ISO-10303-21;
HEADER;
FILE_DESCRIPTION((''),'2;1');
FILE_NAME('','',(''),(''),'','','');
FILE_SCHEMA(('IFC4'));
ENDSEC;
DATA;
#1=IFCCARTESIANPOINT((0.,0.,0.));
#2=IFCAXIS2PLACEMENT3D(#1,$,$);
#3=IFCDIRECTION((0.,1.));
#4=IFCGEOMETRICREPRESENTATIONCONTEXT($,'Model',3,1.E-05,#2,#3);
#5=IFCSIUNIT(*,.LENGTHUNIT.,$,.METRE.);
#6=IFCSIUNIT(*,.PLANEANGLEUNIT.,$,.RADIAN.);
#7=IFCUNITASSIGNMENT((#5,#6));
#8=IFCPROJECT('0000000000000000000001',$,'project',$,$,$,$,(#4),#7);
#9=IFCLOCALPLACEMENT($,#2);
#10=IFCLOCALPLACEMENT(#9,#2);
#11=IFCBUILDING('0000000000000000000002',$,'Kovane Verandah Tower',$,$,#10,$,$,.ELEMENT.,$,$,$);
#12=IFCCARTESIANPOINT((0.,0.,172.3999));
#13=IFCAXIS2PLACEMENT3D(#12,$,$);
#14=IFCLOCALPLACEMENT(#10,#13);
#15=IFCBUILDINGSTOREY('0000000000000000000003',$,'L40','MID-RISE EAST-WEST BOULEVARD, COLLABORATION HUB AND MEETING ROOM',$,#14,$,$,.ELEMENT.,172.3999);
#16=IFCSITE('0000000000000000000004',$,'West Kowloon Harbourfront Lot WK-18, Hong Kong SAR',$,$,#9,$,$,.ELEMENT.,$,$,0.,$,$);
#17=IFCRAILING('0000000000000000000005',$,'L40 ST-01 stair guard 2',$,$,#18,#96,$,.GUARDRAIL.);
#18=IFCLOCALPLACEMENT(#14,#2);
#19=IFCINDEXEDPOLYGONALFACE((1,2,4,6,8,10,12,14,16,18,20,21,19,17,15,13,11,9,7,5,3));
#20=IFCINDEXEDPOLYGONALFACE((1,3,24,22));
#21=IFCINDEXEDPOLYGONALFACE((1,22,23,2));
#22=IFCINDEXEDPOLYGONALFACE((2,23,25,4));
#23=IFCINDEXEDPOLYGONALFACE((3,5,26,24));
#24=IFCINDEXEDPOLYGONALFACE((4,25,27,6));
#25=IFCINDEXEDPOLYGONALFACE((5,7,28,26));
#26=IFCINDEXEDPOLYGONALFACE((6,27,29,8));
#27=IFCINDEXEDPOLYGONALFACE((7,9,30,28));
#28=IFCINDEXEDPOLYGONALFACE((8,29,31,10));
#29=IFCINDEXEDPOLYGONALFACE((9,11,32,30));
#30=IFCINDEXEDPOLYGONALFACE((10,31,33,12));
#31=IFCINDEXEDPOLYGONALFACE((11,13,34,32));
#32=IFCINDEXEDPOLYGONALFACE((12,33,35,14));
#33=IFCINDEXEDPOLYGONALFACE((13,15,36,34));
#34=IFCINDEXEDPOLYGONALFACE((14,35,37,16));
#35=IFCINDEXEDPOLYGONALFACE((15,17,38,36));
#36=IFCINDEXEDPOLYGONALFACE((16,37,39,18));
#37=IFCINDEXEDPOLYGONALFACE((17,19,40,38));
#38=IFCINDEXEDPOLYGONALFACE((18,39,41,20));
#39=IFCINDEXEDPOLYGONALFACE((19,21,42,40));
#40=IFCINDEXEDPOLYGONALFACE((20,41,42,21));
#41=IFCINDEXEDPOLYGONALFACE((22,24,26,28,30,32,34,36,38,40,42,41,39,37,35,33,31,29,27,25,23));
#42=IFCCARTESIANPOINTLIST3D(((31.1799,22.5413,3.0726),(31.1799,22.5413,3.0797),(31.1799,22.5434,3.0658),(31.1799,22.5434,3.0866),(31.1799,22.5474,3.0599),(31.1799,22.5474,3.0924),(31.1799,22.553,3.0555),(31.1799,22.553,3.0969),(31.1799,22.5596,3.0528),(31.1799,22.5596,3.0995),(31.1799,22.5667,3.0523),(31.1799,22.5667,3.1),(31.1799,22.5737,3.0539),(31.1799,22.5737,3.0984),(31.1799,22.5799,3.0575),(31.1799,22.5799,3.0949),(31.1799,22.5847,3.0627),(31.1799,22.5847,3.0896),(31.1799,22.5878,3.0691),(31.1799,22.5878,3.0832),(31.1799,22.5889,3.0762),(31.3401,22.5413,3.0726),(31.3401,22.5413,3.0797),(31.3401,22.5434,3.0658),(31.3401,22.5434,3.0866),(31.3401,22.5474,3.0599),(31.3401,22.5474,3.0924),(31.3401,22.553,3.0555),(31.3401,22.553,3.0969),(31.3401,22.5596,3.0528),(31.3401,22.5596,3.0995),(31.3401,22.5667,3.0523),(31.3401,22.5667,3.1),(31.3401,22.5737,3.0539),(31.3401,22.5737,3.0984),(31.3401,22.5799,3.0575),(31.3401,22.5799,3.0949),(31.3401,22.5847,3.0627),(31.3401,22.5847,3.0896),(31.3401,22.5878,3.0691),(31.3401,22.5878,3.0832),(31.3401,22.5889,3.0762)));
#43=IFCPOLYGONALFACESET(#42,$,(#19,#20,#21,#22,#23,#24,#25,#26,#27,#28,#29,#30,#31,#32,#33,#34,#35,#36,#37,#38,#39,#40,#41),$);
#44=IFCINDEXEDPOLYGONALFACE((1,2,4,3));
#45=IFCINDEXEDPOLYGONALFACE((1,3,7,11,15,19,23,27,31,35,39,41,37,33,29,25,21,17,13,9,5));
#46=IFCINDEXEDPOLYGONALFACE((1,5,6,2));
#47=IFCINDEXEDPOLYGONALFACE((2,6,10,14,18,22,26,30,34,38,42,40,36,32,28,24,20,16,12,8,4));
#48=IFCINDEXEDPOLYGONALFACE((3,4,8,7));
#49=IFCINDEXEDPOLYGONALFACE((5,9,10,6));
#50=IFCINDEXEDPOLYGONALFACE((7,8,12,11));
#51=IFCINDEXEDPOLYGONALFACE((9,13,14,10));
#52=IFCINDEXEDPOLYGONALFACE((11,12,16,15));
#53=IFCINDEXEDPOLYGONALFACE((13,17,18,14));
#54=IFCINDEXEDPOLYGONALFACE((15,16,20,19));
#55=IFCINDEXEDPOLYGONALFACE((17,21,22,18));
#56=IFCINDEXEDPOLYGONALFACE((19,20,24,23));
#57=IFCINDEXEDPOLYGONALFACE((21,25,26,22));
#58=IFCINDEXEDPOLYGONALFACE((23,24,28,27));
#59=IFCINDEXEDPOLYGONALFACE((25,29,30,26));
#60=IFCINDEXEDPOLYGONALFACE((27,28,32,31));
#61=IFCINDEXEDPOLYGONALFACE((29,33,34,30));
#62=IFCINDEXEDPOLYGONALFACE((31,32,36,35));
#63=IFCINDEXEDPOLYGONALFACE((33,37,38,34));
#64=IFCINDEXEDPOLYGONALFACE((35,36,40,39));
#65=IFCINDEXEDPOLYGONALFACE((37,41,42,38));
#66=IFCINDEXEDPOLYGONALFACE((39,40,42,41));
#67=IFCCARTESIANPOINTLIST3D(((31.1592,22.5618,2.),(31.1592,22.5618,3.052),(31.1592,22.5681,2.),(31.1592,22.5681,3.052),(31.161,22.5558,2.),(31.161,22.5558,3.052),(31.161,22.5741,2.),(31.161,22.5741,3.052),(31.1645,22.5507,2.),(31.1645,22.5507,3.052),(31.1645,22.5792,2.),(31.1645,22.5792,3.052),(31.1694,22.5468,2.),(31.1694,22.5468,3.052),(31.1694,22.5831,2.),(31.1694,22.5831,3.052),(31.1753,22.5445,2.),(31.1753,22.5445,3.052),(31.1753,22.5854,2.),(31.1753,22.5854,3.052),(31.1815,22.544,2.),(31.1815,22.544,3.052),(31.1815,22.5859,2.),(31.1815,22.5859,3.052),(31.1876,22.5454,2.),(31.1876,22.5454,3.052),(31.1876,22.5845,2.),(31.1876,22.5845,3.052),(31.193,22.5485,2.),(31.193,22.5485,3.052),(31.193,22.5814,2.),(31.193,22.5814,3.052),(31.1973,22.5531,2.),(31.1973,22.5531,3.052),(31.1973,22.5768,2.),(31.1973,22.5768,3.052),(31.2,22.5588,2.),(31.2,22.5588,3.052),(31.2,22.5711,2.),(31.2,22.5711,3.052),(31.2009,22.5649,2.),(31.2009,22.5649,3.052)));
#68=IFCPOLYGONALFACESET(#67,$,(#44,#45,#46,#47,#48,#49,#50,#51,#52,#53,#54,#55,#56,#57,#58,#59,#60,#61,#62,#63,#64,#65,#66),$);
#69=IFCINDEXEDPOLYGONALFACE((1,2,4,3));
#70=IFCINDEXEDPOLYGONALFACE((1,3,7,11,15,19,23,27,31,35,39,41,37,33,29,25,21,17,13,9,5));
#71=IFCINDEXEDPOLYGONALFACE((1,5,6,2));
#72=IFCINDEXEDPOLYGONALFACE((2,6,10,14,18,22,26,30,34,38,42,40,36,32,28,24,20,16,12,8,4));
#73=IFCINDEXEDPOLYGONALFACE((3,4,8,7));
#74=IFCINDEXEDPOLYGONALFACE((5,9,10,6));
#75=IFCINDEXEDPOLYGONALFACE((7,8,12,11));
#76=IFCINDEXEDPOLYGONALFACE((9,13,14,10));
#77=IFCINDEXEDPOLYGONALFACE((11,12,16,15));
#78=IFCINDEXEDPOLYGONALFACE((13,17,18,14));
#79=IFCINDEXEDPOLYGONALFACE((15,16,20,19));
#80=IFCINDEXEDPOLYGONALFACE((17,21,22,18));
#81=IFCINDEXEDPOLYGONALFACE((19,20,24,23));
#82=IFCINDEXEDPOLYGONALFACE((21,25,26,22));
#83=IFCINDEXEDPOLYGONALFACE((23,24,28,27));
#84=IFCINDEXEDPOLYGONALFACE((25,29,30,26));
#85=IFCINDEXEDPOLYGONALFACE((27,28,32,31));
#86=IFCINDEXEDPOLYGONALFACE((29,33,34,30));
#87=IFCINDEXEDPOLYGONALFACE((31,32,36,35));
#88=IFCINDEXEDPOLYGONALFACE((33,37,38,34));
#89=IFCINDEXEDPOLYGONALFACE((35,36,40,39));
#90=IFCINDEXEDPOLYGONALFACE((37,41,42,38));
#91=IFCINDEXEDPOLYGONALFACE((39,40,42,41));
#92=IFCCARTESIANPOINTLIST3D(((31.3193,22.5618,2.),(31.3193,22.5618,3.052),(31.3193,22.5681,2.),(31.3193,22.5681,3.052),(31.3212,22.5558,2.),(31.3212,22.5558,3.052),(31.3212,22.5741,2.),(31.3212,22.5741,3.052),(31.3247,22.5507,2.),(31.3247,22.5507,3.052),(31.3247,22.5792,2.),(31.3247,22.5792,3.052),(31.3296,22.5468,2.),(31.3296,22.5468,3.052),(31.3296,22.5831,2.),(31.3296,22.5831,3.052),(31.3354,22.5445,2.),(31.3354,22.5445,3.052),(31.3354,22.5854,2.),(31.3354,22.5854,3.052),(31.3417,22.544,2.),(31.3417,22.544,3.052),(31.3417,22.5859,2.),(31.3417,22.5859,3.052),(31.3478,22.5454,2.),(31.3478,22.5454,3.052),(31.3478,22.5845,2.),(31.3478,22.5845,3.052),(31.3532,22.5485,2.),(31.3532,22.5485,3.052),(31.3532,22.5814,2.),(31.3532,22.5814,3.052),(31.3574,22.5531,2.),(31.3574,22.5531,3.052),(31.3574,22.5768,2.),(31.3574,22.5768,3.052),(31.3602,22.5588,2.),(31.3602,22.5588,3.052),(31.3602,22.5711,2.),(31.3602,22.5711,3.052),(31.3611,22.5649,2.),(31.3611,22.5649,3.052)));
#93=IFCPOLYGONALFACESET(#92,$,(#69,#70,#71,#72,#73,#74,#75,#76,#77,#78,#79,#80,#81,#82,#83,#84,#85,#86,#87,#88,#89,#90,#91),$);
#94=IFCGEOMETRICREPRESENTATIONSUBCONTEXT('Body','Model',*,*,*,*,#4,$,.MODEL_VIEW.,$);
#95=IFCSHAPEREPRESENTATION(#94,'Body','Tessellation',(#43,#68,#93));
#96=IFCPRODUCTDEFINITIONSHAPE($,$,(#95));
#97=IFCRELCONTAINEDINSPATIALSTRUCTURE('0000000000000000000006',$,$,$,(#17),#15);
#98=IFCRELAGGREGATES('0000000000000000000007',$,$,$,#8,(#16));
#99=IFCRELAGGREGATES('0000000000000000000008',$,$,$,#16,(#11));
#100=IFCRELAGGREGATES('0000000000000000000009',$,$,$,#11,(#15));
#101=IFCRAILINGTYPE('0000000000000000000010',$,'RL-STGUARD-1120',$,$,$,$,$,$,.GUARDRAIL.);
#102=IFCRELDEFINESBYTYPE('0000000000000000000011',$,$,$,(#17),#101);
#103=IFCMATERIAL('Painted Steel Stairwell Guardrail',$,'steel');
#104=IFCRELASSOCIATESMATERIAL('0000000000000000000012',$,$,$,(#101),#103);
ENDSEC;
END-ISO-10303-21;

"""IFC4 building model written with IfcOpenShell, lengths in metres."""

from ifc_helpers import new_model, si_unit, direction, frame, origin, origin_2d, place, context, subcontext, project, spatial, circle, extrude, material, type_object, element, save


model = new_model("IFC4")

# Units and contexts
model_context = context("Model", 3, precision=1e-05, world=origin(), true_north=direction((0.0, 1.0)))
body_context = subcontext(model_context, "Body", "Model", "MODEL_VIEW")
ifc_project = project(units=[si_unit("LENGTHUNIT", "METRE"), si_unit("PLANEANGLEUNIT", "RADIAN")], contexts=[model_context])

# Site, building, storey
site_placement = place(None, origin())
site = spatial("IfcSite", under=ifc_project, at=site_placement, Name="West Kowloon Harbourfront Lot WK-18, Hong Kong SAR", CompositionType="ELEMENT", RefElevation=0.0)
building_placement = place(site_placement, origin())
building = spatial("IfcBuilding", under=site, at=building_placement, Name="Kovane Verandah Tower", CompositionType="ELEMENT")
storey_placement = place(building_placement, frame((0.0, 0.0, 172.3999)))
storey = spatial("IfcBuildingStorey", under=building, at=storey_placement, Name="L40", Description="MID-RISE EAST-WEST BOULEVARD, COLLABORATION HUB AND MEETING ROOM", CompositionType="ELEMENT", Elevation=172.3999)

# Railing
ifc_material_1 = material(Name="Painted Steel Stairwell Guardrail", Category="steel")
railing_type = type_object("IfcRailingType", Name="RL-STGUARD-1120", PredefinedType="GUARDRAIL", material=ifc_material_1)
railing_placement = place(storey_placement, frame((31.1799, 22.5649, 2.0)))
element("IfcRailing", 1, at=railing_placement, inside=storey, type_object=railing_type, Name="L40 ST-01 stair guard 2", PredefinedType="GUARDRAIL", context=body_context, shape_type="SweptSolid", body=[
    extrude(circle(Radius=0.0239, at=origin_2d()), frame((0.0, 0.0, 1.0762), z_axis=(1.0, 0.0, 0.0), x_axis=(0.0, 1.0, 0.0)), (0.0, 0.0, 1.0), 0.1602),
    extrude(circle(Radius=0.021, at=origin_2d()), origin(), (0.0, 0.0, 1.0), 1.052),
    extrude(circle(Radius=0.021, at=origin_2d()), frame((0.1602, 0.0, 0.0)), (0.0, 0.0, 1.0), 1.052),
])

save(model, "model.ifc")
